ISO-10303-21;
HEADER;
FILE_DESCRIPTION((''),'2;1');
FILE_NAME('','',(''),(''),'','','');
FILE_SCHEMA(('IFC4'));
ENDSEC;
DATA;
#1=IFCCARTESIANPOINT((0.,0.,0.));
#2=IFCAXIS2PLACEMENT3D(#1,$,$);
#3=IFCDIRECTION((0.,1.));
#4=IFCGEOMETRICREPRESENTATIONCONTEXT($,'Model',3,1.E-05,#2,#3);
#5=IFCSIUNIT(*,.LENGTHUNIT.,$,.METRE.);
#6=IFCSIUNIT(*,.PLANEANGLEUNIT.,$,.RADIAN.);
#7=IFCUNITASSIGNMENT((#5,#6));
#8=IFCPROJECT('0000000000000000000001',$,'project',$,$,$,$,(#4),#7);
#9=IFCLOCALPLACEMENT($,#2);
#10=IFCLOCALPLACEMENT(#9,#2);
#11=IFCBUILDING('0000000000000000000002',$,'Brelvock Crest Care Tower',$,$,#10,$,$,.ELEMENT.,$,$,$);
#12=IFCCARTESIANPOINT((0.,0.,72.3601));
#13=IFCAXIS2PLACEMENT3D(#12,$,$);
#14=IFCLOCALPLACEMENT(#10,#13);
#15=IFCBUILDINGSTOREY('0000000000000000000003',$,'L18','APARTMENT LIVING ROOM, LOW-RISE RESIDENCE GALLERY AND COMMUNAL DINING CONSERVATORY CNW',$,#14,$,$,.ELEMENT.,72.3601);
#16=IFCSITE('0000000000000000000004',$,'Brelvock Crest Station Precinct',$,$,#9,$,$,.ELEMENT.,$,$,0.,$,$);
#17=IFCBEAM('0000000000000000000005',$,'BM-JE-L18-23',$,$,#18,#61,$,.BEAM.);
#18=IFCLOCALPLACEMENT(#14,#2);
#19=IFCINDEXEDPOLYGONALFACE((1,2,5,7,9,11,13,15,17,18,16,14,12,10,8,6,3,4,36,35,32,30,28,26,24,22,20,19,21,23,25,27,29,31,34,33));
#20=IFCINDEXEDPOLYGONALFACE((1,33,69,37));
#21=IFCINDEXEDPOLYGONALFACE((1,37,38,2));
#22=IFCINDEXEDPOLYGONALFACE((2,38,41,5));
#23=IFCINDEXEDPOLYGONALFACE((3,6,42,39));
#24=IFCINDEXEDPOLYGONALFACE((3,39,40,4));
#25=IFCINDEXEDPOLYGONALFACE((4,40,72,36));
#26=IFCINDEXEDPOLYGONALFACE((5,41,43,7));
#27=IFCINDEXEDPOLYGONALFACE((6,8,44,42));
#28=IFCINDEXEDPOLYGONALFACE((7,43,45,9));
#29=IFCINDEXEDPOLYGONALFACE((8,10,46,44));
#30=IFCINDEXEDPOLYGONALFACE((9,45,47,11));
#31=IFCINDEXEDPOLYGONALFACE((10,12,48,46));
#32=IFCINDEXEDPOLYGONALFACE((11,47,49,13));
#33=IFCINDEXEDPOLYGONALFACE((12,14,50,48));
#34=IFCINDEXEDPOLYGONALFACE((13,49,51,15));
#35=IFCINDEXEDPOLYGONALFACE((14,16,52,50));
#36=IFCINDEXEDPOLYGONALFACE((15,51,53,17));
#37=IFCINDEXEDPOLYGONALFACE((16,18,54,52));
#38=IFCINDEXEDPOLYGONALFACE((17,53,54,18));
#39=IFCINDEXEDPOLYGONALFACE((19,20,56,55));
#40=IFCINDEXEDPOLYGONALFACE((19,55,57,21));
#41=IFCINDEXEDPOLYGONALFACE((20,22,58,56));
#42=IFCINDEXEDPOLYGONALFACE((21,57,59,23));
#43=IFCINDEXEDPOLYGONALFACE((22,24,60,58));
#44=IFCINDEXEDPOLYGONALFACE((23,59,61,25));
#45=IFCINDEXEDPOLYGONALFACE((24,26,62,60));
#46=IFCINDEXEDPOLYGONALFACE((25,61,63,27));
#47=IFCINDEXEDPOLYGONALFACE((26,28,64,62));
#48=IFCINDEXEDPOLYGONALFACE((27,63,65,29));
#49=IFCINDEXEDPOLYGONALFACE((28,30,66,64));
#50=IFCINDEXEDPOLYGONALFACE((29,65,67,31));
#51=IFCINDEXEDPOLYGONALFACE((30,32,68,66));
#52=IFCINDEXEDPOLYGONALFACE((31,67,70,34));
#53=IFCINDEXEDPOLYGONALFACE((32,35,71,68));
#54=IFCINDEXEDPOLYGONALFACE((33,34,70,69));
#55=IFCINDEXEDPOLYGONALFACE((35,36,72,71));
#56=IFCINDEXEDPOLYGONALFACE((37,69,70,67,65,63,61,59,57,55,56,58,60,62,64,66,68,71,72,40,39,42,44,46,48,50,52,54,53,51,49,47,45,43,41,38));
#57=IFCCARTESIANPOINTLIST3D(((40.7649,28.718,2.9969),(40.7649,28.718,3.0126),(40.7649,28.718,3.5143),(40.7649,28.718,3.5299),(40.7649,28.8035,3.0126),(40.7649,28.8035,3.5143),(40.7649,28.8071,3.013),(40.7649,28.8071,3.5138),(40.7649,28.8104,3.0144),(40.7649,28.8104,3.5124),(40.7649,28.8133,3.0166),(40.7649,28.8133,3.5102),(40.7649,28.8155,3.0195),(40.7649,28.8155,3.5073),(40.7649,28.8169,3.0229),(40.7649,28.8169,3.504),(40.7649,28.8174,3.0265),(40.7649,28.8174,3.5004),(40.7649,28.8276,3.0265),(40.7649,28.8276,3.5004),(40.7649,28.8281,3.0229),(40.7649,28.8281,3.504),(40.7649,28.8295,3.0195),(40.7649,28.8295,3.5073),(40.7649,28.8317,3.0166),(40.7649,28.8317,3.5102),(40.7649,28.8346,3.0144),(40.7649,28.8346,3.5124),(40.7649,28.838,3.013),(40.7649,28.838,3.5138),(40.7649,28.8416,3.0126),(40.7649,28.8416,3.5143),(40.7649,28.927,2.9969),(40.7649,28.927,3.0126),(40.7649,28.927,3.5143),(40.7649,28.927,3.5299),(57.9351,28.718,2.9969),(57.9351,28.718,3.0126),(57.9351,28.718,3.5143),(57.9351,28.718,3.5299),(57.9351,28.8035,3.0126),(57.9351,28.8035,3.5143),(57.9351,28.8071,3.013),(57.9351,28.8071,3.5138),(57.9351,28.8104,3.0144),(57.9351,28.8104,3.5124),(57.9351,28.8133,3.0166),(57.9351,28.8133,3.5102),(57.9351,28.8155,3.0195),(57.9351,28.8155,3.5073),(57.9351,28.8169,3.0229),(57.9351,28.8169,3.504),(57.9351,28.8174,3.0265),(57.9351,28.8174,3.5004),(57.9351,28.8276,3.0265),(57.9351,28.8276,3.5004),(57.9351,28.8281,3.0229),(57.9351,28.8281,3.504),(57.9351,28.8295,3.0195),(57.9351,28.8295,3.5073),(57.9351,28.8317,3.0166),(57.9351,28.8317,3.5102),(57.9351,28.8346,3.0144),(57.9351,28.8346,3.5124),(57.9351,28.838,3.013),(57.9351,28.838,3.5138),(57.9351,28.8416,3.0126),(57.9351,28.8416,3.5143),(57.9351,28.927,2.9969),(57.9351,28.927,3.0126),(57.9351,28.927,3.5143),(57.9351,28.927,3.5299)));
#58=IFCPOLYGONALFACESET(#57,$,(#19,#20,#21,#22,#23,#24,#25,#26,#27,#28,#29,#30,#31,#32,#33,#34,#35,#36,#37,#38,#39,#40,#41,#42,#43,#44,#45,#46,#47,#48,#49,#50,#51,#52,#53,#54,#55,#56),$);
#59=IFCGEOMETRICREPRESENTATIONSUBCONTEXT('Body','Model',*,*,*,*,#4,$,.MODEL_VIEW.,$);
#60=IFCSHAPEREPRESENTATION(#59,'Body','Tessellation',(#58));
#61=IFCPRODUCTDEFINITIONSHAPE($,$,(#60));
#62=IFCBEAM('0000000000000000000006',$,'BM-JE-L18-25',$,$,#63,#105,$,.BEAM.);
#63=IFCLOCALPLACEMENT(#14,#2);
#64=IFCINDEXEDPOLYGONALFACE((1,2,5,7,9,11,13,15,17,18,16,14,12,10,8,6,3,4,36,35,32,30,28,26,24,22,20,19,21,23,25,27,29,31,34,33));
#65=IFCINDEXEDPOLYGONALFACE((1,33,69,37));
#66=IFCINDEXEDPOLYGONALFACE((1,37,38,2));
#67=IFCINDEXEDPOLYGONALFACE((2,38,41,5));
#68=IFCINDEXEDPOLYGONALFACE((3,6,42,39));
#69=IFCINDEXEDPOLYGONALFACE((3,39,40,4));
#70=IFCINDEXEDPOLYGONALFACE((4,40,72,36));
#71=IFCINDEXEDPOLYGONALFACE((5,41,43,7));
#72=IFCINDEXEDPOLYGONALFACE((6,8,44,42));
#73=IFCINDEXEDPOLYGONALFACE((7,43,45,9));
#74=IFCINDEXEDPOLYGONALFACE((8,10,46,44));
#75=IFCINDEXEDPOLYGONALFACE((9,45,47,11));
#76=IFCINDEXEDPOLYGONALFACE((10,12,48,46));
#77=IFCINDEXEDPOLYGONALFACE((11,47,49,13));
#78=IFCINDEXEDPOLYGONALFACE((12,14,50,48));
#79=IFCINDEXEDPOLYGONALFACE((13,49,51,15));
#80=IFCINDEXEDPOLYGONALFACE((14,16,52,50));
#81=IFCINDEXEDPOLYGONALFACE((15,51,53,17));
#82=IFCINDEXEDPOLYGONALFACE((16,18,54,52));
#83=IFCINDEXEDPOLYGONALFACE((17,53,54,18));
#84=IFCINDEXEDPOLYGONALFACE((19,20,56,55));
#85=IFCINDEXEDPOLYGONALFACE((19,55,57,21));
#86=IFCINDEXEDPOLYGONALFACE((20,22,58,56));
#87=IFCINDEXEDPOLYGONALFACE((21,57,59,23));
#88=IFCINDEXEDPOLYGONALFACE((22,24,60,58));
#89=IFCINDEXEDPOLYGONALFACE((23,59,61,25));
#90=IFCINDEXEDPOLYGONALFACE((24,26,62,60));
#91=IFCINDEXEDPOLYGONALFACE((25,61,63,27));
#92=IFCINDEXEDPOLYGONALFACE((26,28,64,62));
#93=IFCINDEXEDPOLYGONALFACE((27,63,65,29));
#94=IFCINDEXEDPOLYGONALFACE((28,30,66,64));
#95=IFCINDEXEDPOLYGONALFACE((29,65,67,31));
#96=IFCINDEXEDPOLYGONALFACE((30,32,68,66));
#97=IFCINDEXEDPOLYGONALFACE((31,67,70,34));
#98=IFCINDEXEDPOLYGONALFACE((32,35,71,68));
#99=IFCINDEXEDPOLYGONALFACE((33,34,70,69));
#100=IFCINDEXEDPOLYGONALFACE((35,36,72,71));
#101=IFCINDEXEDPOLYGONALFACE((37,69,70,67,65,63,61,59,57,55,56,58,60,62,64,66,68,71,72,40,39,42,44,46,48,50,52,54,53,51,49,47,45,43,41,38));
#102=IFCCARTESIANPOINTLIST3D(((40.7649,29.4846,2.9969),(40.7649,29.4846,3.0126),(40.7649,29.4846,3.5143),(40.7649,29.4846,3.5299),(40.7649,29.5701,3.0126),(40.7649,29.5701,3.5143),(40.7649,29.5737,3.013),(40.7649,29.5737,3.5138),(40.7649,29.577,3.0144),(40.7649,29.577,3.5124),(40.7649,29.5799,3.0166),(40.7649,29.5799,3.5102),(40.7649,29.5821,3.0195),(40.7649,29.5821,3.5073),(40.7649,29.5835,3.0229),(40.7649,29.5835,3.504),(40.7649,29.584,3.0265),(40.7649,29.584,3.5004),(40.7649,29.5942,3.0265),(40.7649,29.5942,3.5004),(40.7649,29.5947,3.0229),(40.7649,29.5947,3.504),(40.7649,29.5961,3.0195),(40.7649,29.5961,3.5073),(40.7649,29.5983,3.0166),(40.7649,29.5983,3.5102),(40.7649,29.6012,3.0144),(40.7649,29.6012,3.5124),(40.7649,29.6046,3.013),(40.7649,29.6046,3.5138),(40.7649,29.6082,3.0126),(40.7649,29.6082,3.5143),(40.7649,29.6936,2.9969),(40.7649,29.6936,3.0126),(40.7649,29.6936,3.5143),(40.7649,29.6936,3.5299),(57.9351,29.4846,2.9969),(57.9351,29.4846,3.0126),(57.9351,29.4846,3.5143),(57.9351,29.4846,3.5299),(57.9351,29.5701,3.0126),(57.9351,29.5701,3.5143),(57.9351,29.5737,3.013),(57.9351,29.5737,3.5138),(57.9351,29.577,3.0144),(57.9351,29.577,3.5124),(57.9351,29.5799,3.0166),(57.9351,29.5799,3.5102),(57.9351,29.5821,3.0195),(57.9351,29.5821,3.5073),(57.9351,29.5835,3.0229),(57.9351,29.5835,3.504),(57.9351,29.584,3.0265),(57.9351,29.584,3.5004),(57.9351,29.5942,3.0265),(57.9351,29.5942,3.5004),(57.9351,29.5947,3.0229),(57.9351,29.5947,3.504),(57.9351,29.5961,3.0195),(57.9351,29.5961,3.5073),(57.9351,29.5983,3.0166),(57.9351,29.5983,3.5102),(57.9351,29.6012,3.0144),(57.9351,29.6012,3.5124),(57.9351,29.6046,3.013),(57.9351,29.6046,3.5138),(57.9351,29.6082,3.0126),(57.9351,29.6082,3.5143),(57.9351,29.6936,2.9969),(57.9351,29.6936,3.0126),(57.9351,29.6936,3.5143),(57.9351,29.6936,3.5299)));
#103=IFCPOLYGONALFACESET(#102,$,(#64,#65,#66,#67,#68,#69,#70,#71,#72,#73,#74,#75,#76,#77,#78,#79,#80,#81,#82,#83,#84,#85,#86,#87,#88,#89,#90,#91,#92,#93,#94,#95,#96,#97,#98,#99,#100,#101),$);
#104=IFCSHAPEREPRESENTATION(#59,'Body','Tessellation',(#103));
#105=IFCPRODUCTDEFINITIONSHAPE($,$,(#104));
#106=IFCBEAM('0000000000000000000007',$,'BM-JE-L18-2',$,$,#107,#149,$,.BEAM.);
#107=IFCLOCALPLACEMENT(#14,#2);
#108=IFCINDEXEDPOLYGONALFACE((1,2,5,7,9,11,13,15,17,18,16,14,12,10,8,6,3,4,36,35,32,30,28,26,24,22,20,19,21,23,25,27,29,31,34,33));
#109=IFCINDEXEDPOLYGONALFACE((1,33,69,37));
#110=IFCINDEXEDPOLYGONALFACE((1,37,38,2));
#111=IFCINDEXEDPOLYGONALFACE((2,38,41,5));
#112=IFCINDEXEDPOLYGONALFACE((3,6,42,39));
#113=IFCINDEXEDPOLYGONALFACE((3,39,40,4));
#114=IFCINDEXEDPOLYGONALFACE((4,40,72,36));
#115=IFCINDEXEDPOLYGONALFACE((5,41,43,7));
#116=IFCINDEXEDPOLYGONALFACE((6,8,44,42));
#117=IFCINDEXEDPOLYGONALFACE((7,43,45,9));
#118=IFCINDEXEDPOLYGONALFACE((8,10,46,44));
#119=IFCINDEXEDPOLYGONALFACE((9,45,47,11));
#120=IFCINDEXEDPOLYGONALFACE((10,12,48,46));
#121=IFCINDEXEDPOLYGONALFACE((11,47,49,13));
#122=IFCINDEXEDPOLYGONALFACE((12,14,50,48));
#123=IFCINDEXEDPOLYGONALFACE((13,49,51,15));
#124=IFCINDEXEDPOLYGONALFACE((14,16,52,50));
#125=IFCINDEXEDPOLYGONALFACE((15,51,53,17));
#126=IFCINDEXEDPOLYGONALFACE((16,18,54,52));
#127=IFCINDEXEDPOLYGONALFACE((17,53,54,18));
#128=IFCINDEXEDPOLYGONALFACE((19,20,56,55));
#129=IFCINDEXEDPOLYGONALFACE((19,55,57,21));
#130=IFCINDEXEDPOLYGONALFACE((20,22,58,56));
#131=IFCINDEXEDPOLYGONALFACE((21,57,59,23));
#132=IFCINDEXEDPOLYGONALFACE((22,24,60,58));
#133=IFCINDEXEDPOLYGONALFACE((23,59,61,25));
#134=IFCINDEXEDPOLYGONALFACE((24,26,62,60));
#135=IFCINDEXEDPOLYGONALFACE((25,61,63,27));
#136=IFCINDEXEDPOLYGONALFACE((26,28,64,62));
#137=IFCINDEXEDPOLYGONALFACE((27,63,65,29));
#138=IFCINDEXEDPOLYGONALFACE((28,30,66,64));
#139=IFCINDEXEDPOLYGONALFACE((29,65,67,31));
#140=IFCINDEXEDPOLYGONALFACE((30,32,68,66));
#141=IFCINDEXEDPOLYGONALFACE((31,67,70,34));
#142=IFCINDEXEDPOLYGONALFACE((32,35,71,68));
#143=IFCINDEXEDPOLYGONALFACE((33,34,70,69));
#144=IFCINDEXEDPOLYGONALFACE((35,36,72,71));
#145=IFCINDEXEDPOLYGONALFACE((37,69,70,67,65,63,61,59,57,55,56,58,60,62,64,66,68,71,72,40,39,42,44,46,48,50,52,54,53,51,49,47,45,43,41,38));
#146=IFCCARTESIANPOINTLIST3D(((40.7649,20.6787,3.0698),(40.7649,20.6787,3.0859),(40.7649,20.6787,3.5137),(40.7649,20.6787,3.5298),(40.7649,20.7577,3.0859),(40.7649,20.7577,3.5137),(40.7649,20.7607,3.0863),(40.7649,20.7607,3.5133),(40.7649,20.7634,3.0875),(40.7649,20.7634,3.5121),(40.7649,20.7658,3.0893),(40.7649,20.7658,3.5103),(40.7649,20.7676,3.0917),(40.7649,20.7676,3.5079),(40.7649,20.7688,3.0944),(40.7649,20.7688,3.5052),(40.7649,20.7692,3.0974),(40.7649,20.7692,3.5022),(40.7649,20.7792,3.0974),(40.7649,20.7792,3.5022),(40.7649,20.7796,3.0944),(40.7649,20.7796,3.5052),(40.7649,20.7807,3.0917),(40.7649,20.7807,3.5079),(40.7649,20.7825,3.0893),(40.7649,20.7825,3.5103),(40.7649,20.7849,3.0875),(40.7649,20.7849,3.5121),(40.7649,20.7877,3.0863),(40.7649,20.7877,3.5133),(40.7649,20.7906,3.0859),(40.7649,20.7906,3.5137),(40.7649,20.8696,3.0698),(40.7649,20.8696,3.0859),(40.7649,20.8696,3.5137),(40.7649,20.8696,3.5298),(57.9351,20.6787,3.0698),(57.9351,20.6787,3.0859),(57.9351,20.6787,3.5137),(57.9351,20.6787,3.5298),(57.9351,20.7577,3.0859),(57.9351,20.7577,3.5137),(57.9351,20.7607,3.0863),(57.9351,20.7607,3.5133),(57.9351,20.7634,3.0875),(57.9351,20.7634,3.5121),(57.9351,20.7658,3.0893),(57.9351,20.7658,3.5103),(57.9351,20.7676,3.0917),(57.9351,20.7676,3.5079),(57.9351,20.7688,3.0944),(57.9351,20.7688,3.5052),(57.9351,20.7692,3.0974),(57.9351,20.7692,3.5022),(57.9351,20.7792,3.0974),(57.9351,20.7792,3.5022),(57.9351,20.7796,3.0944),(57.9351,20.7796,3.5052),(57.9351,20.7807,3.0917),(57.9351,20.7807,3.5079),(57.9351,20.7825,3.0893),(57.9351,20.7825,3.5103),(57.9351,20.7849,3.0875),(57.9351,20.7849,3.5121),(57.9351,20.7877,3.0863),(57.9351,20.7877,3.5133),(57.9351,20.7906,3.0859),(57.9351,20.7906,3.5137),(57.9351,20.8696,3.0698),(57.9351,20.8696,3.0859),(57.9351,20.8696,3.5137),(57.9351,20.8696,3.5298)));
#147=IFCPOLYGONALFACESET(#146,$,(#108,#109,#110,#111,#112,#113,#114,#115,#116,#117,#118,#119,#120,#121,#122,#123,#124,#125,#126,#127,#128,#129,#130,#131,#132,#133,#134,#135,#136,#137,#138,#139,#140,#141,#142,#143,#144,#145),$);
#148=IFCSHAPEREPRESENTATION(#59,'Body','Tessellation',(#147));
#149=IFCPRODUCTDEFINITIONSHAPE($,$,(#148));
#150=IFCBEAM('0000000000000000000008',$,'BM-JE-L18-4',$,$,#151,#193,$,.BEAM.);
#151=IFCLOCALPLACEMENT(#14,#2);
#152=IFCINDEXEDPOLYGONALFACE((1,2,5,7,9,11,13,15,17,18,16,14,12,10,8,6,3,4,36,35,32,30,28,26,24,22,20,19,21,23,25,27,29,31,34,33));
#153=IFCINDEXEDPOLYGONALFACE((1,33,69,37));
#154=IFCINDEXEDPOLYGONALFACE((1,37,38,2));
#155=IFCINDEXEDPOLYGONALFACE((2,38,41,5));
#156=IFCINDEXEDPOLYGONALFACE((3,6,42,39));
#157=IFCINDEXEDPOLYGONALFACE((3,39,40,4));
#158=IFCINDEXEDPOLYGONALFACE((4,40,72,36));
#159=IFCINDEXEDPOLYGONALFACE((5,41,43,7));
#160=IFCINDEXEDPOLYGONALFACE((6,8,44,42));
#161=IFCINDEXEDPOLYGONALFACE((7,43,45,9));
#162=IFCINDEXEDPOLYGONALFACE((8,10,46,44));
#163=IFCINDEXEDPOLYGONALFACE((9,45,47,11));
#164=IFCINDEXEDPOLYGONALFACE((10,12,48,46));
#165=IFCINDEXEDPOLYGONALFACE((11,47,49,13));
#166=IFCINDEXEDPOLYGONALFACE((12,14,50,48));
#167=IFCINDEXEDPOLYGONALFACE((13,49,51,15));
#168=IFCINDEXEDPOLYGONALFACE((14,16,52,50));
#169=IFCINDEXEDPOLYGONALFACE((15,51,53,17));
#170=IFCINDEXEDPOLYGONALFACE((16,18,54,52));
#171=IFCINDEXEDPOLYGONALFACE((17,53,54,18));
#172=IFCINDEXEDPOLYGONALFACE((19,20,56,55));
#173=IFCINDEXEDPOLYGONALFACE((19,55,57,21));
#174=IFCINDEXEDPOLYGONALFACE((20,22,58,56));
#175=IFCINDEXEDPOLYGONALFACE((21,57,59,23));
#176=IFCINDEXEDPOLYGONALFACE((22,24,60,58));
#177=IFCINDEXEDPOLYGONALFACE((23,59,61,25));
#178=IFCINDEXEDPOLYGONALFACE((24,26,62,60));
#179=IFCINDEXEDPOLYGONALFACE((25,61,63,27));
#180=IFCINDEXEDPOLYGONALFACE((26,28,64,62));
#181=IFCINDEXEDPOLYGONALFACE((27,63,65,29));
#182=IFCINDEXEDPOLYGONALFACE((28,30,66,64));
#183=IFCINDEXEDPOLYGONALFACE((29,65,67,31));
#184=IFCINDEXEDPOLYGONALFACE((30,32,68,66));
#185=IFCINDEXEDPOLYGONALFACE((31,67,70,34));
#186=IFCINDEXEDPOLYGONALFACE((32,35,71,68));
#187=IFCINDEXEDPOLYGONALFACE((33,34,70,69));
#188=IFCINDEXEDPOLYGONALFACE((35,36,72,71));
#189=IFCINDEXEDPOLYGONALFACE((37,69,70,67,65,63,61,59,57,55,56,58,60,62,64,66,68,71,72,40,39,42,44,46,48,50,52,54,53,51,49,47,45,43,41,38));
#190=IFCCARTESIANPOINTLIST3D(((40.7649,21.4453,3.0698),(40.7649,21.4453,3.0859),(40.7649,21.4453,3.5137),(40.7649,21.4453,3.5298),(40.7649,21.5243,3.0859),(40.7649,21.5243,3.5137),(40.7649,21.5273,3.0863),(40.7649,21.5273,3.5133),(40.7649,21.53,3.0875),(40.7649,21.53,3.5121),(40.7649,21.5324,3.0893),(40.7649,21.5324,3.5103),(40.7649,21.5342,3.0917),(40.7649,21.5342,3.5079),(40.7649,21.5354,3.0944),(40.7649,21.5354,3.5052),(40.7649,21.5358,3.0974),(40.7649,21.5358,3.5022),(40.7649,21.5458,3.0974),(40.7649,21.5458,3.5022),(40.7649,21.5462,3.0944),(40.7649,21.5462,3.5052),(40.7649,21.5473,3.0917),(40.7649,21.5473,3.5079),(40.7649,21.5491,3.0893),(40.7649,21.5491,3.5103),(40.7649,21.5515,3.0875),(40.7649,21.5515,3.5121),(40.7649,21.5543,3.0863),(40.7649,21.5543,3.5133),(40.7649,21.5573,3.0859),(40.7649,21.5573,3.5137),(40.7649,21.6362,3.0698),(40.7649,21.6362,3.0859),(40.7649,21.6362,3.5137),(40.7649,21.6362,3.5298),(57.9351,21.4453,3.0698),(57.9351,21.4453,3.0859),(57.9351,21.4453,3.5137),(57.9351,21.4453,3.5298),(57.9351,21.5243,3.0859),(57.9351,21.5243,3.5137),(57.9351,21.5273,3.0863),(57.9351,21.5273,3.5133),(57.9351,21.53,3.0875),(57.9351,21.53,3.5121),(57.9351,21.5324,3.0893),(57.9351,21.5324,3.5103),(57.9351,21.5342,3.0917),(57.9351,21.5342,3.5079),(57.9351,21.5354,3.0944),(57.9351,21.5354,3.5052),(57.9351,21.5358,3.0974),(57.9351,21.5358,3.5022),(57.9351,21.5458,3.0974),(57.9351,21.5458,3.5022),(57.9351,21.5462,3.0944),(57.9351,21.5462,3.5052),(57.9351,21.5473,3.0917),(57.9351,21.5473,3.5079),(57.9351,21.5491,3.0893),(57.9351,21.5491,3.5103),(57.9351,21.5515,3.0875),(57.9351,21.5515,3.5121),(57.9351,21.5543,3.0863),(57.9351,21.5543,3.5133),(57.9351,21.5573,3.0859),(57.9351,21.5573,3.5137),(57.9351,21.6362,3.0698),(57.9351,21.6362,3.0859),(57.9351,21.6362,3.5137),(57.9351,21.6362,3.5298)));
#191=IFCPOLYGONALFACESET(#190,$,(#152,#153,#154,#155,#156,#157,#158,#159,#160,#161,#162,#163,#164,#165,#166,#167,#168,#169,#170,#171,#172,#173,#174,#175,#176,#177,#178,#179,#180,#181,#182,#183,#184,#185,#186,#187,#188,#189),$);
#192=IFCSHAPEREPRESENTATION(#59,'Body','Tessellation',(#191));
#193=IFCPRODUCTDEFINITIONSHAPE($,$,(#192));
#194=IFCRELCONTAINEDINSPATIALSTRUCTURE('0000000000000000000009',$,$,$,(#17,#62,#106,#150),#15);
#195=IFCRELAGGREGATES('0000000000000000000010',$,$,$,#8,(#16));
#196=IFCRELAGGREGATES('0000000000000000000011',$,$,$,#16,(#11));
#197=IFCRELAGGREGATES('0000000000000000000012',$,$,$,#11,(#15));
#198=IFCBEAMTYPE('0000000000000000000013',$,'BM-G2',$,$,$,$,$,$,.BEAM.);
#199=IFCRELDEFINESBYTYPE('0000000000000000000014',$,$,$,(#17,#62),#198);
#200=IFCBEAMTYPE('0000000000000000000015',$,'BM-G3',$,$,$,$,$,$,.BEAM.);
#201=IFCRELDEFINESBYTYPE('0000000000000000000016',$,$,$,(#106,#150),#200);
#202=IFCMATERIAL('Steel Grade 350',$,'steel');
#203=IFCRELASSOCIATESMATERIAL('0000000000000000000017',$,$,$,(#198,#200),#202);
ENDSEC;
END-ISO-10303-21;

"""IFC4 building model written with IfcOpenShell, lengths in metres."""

from ifc_helpers import new_model, si_unit, direction, frame, origin, origin_2d, place, context, subcontext, project, spatial, i_section, extrude, source, transform, mapped, material, material_profile, profile_set, type_object, element, save


model = new_model("IFC4")

# Units and contexts
model_context = context("Model", 3, precision=1e-05, world=origin(), true_north=direction((0.0, 1.0)))
body_context = subcontext(model_context, "Body", "Model", "MODEL_VIEW")
ifc_project = project(units=[si_unit("LENGTHUNIT", "METRE"), si_unit("PLANEANGLEUNIT", "RADIAN")], contexts=[model_context])

# Site, building, storey
site_placement = place(None, origin())
site = spatial("IfcSite", under=ifc_project, at=site_placement, Name="Brelvock Crest Station Precinct", CompositionType="ELEMENT", RefElevation=0.0)
building_placement = place(site_placement, origin())
building = spatial("IfcBuilding", under=site, at=building_placement, Name="Brelvock Crest Care Tower", CompositionType="ELEMENT")
storey_placement = place(building_placement, frame((0.0, 0.0, 72.3601)))
storey = spatial("IfcBuildingStorey", under=building, at=storey_placement, Name="L18", Description="APARTMENT LIVING ROOM, LOW-RISE RESIDENCE GALLERY AND COMMUNAL DINING CONSERVATORY CNW", CompositionType="ELEMENT", Elevation=72.3601)

# Beams
ifc_material_1 = material(Name="Steel Grade 350", Category="steel")
ifc_material_profile_1 = material_profile(ifc_material_1, i_section(OverallWidth=0.209, OverallDepth=0.533, WebThickness=0.0103, FlangeThickness=0.0156, FilletRadius=0.0139, at=origin_2d()), Name="530UB92.4")
ifc_profile_set_1 = profile_set([ifc_material_profile_1], Name="Steel Grade 350")
beam_type_1 = type_object("IfcBeamType", Name="BM-G2", PredefinedType="BEAM", material=ifc_profile_set_1)
shared_shape_1 = source(origin(), body_context, "Body", "SweptSolid", [
    extrude(i_section(OverallWidth=0.209, OverallDepth=0.533, WebThickness=0.0103, FlangeThickness=0.0156, FilletRadius=0.0139, at=origin_2d()), origin(), (0.0, 0.0, 1.0), 17.1702),
])
for number, where, z_axis, x_axis, name in (
    (1, (40.7649, 28.8225, 3.2634), (1.0, 0.0, 0.0), (0.0, 1.0, 0.0), "BM-JE-L18-23"),
    (2, (40.7649, 29.5891, 3.2634), (1.0, 0.0, 0.0), (0.0, 1.0, 0.0), "BM-JE-L18-25"),
):
    element("IfcBeam", number, at=place(storey_placement, frame(where, z_axis=z_axis, x_axis=x_axis)), inside=storey, type_object=beam_type_1, Name=name, PredefinedType="BEAM", context=body_context, shape_type="MappedRepresentation", body=[
        mapped(shared_shape_1, transform((0.0, 0.0, 0.0), x_axis=(1.0, 0.0, 0.0), y_axis=(0.0, 1.0, 0.0), z_axis=(0.0, 0.0, 1.0), scale=1.0)),
    ])
ifc_material_profile_2 = material_profile(ifc_material_1, i_section(OverallWidth=0.1909, OverallDepth=0.46, WebThickness=0.01, FlangeThickness=0.0161, FilletRadius=0.0115, at=origin_2d()), Name="460UB82.1")
ifc_profile_set_2 = profile_set([ifc_material_profile_2], Name="Steel Grade 350")
beam_type_2 = type_object("IfcBeamType", Name="BM-G3", PredefinedType="BEAM", material=ifc_profile_set_2)
shared_shape_2 = source(origin(), body_context, "Body", "SweptSolid", [
    extrude(i_section(OverallWidth=0.1909, OverallDepth=0.46, WebThickness=0.01, FlangeThickness=0.0161, FilletRadius=0.0115, at=origin_2d()), origin(), (0.0, 0.0, 1.0), 17.1702),
])
for number, where, z_axis, x_axis, name in (
    (3, (40.7649, 20.7742, 3.2998), (1.0, 0.0, 0.0), (0.0, 1.0, 0.0), "BM-JE-L18-2"),
    (4, (40.7649, 21.5408, 3.2998), (1.0, 0.0, 0.0), (0.0, 1.0, 0.0), "BM-JE-L18-4"),
):
    element("IfcBeam", number, at=place(storey_placement, frame(where, z_axis=z_axis, x_axis=x_axis)), inside=storey, type_object=beam_type_2, Name=name, PredefinedType="BEAM", context=body_context, shape_type="MappedRepresentation", body=[
        mapped(shared_shape_2, transform((0.0, 0.0, 0.0), x_axis=(1.0, 0.0, 0.0), y_axis=(0.0, 1.0, 0.0), z_axis=(0.0, 0.0, 1.0), scale=1.0)),
    ])

save(model, "model.ifc")
